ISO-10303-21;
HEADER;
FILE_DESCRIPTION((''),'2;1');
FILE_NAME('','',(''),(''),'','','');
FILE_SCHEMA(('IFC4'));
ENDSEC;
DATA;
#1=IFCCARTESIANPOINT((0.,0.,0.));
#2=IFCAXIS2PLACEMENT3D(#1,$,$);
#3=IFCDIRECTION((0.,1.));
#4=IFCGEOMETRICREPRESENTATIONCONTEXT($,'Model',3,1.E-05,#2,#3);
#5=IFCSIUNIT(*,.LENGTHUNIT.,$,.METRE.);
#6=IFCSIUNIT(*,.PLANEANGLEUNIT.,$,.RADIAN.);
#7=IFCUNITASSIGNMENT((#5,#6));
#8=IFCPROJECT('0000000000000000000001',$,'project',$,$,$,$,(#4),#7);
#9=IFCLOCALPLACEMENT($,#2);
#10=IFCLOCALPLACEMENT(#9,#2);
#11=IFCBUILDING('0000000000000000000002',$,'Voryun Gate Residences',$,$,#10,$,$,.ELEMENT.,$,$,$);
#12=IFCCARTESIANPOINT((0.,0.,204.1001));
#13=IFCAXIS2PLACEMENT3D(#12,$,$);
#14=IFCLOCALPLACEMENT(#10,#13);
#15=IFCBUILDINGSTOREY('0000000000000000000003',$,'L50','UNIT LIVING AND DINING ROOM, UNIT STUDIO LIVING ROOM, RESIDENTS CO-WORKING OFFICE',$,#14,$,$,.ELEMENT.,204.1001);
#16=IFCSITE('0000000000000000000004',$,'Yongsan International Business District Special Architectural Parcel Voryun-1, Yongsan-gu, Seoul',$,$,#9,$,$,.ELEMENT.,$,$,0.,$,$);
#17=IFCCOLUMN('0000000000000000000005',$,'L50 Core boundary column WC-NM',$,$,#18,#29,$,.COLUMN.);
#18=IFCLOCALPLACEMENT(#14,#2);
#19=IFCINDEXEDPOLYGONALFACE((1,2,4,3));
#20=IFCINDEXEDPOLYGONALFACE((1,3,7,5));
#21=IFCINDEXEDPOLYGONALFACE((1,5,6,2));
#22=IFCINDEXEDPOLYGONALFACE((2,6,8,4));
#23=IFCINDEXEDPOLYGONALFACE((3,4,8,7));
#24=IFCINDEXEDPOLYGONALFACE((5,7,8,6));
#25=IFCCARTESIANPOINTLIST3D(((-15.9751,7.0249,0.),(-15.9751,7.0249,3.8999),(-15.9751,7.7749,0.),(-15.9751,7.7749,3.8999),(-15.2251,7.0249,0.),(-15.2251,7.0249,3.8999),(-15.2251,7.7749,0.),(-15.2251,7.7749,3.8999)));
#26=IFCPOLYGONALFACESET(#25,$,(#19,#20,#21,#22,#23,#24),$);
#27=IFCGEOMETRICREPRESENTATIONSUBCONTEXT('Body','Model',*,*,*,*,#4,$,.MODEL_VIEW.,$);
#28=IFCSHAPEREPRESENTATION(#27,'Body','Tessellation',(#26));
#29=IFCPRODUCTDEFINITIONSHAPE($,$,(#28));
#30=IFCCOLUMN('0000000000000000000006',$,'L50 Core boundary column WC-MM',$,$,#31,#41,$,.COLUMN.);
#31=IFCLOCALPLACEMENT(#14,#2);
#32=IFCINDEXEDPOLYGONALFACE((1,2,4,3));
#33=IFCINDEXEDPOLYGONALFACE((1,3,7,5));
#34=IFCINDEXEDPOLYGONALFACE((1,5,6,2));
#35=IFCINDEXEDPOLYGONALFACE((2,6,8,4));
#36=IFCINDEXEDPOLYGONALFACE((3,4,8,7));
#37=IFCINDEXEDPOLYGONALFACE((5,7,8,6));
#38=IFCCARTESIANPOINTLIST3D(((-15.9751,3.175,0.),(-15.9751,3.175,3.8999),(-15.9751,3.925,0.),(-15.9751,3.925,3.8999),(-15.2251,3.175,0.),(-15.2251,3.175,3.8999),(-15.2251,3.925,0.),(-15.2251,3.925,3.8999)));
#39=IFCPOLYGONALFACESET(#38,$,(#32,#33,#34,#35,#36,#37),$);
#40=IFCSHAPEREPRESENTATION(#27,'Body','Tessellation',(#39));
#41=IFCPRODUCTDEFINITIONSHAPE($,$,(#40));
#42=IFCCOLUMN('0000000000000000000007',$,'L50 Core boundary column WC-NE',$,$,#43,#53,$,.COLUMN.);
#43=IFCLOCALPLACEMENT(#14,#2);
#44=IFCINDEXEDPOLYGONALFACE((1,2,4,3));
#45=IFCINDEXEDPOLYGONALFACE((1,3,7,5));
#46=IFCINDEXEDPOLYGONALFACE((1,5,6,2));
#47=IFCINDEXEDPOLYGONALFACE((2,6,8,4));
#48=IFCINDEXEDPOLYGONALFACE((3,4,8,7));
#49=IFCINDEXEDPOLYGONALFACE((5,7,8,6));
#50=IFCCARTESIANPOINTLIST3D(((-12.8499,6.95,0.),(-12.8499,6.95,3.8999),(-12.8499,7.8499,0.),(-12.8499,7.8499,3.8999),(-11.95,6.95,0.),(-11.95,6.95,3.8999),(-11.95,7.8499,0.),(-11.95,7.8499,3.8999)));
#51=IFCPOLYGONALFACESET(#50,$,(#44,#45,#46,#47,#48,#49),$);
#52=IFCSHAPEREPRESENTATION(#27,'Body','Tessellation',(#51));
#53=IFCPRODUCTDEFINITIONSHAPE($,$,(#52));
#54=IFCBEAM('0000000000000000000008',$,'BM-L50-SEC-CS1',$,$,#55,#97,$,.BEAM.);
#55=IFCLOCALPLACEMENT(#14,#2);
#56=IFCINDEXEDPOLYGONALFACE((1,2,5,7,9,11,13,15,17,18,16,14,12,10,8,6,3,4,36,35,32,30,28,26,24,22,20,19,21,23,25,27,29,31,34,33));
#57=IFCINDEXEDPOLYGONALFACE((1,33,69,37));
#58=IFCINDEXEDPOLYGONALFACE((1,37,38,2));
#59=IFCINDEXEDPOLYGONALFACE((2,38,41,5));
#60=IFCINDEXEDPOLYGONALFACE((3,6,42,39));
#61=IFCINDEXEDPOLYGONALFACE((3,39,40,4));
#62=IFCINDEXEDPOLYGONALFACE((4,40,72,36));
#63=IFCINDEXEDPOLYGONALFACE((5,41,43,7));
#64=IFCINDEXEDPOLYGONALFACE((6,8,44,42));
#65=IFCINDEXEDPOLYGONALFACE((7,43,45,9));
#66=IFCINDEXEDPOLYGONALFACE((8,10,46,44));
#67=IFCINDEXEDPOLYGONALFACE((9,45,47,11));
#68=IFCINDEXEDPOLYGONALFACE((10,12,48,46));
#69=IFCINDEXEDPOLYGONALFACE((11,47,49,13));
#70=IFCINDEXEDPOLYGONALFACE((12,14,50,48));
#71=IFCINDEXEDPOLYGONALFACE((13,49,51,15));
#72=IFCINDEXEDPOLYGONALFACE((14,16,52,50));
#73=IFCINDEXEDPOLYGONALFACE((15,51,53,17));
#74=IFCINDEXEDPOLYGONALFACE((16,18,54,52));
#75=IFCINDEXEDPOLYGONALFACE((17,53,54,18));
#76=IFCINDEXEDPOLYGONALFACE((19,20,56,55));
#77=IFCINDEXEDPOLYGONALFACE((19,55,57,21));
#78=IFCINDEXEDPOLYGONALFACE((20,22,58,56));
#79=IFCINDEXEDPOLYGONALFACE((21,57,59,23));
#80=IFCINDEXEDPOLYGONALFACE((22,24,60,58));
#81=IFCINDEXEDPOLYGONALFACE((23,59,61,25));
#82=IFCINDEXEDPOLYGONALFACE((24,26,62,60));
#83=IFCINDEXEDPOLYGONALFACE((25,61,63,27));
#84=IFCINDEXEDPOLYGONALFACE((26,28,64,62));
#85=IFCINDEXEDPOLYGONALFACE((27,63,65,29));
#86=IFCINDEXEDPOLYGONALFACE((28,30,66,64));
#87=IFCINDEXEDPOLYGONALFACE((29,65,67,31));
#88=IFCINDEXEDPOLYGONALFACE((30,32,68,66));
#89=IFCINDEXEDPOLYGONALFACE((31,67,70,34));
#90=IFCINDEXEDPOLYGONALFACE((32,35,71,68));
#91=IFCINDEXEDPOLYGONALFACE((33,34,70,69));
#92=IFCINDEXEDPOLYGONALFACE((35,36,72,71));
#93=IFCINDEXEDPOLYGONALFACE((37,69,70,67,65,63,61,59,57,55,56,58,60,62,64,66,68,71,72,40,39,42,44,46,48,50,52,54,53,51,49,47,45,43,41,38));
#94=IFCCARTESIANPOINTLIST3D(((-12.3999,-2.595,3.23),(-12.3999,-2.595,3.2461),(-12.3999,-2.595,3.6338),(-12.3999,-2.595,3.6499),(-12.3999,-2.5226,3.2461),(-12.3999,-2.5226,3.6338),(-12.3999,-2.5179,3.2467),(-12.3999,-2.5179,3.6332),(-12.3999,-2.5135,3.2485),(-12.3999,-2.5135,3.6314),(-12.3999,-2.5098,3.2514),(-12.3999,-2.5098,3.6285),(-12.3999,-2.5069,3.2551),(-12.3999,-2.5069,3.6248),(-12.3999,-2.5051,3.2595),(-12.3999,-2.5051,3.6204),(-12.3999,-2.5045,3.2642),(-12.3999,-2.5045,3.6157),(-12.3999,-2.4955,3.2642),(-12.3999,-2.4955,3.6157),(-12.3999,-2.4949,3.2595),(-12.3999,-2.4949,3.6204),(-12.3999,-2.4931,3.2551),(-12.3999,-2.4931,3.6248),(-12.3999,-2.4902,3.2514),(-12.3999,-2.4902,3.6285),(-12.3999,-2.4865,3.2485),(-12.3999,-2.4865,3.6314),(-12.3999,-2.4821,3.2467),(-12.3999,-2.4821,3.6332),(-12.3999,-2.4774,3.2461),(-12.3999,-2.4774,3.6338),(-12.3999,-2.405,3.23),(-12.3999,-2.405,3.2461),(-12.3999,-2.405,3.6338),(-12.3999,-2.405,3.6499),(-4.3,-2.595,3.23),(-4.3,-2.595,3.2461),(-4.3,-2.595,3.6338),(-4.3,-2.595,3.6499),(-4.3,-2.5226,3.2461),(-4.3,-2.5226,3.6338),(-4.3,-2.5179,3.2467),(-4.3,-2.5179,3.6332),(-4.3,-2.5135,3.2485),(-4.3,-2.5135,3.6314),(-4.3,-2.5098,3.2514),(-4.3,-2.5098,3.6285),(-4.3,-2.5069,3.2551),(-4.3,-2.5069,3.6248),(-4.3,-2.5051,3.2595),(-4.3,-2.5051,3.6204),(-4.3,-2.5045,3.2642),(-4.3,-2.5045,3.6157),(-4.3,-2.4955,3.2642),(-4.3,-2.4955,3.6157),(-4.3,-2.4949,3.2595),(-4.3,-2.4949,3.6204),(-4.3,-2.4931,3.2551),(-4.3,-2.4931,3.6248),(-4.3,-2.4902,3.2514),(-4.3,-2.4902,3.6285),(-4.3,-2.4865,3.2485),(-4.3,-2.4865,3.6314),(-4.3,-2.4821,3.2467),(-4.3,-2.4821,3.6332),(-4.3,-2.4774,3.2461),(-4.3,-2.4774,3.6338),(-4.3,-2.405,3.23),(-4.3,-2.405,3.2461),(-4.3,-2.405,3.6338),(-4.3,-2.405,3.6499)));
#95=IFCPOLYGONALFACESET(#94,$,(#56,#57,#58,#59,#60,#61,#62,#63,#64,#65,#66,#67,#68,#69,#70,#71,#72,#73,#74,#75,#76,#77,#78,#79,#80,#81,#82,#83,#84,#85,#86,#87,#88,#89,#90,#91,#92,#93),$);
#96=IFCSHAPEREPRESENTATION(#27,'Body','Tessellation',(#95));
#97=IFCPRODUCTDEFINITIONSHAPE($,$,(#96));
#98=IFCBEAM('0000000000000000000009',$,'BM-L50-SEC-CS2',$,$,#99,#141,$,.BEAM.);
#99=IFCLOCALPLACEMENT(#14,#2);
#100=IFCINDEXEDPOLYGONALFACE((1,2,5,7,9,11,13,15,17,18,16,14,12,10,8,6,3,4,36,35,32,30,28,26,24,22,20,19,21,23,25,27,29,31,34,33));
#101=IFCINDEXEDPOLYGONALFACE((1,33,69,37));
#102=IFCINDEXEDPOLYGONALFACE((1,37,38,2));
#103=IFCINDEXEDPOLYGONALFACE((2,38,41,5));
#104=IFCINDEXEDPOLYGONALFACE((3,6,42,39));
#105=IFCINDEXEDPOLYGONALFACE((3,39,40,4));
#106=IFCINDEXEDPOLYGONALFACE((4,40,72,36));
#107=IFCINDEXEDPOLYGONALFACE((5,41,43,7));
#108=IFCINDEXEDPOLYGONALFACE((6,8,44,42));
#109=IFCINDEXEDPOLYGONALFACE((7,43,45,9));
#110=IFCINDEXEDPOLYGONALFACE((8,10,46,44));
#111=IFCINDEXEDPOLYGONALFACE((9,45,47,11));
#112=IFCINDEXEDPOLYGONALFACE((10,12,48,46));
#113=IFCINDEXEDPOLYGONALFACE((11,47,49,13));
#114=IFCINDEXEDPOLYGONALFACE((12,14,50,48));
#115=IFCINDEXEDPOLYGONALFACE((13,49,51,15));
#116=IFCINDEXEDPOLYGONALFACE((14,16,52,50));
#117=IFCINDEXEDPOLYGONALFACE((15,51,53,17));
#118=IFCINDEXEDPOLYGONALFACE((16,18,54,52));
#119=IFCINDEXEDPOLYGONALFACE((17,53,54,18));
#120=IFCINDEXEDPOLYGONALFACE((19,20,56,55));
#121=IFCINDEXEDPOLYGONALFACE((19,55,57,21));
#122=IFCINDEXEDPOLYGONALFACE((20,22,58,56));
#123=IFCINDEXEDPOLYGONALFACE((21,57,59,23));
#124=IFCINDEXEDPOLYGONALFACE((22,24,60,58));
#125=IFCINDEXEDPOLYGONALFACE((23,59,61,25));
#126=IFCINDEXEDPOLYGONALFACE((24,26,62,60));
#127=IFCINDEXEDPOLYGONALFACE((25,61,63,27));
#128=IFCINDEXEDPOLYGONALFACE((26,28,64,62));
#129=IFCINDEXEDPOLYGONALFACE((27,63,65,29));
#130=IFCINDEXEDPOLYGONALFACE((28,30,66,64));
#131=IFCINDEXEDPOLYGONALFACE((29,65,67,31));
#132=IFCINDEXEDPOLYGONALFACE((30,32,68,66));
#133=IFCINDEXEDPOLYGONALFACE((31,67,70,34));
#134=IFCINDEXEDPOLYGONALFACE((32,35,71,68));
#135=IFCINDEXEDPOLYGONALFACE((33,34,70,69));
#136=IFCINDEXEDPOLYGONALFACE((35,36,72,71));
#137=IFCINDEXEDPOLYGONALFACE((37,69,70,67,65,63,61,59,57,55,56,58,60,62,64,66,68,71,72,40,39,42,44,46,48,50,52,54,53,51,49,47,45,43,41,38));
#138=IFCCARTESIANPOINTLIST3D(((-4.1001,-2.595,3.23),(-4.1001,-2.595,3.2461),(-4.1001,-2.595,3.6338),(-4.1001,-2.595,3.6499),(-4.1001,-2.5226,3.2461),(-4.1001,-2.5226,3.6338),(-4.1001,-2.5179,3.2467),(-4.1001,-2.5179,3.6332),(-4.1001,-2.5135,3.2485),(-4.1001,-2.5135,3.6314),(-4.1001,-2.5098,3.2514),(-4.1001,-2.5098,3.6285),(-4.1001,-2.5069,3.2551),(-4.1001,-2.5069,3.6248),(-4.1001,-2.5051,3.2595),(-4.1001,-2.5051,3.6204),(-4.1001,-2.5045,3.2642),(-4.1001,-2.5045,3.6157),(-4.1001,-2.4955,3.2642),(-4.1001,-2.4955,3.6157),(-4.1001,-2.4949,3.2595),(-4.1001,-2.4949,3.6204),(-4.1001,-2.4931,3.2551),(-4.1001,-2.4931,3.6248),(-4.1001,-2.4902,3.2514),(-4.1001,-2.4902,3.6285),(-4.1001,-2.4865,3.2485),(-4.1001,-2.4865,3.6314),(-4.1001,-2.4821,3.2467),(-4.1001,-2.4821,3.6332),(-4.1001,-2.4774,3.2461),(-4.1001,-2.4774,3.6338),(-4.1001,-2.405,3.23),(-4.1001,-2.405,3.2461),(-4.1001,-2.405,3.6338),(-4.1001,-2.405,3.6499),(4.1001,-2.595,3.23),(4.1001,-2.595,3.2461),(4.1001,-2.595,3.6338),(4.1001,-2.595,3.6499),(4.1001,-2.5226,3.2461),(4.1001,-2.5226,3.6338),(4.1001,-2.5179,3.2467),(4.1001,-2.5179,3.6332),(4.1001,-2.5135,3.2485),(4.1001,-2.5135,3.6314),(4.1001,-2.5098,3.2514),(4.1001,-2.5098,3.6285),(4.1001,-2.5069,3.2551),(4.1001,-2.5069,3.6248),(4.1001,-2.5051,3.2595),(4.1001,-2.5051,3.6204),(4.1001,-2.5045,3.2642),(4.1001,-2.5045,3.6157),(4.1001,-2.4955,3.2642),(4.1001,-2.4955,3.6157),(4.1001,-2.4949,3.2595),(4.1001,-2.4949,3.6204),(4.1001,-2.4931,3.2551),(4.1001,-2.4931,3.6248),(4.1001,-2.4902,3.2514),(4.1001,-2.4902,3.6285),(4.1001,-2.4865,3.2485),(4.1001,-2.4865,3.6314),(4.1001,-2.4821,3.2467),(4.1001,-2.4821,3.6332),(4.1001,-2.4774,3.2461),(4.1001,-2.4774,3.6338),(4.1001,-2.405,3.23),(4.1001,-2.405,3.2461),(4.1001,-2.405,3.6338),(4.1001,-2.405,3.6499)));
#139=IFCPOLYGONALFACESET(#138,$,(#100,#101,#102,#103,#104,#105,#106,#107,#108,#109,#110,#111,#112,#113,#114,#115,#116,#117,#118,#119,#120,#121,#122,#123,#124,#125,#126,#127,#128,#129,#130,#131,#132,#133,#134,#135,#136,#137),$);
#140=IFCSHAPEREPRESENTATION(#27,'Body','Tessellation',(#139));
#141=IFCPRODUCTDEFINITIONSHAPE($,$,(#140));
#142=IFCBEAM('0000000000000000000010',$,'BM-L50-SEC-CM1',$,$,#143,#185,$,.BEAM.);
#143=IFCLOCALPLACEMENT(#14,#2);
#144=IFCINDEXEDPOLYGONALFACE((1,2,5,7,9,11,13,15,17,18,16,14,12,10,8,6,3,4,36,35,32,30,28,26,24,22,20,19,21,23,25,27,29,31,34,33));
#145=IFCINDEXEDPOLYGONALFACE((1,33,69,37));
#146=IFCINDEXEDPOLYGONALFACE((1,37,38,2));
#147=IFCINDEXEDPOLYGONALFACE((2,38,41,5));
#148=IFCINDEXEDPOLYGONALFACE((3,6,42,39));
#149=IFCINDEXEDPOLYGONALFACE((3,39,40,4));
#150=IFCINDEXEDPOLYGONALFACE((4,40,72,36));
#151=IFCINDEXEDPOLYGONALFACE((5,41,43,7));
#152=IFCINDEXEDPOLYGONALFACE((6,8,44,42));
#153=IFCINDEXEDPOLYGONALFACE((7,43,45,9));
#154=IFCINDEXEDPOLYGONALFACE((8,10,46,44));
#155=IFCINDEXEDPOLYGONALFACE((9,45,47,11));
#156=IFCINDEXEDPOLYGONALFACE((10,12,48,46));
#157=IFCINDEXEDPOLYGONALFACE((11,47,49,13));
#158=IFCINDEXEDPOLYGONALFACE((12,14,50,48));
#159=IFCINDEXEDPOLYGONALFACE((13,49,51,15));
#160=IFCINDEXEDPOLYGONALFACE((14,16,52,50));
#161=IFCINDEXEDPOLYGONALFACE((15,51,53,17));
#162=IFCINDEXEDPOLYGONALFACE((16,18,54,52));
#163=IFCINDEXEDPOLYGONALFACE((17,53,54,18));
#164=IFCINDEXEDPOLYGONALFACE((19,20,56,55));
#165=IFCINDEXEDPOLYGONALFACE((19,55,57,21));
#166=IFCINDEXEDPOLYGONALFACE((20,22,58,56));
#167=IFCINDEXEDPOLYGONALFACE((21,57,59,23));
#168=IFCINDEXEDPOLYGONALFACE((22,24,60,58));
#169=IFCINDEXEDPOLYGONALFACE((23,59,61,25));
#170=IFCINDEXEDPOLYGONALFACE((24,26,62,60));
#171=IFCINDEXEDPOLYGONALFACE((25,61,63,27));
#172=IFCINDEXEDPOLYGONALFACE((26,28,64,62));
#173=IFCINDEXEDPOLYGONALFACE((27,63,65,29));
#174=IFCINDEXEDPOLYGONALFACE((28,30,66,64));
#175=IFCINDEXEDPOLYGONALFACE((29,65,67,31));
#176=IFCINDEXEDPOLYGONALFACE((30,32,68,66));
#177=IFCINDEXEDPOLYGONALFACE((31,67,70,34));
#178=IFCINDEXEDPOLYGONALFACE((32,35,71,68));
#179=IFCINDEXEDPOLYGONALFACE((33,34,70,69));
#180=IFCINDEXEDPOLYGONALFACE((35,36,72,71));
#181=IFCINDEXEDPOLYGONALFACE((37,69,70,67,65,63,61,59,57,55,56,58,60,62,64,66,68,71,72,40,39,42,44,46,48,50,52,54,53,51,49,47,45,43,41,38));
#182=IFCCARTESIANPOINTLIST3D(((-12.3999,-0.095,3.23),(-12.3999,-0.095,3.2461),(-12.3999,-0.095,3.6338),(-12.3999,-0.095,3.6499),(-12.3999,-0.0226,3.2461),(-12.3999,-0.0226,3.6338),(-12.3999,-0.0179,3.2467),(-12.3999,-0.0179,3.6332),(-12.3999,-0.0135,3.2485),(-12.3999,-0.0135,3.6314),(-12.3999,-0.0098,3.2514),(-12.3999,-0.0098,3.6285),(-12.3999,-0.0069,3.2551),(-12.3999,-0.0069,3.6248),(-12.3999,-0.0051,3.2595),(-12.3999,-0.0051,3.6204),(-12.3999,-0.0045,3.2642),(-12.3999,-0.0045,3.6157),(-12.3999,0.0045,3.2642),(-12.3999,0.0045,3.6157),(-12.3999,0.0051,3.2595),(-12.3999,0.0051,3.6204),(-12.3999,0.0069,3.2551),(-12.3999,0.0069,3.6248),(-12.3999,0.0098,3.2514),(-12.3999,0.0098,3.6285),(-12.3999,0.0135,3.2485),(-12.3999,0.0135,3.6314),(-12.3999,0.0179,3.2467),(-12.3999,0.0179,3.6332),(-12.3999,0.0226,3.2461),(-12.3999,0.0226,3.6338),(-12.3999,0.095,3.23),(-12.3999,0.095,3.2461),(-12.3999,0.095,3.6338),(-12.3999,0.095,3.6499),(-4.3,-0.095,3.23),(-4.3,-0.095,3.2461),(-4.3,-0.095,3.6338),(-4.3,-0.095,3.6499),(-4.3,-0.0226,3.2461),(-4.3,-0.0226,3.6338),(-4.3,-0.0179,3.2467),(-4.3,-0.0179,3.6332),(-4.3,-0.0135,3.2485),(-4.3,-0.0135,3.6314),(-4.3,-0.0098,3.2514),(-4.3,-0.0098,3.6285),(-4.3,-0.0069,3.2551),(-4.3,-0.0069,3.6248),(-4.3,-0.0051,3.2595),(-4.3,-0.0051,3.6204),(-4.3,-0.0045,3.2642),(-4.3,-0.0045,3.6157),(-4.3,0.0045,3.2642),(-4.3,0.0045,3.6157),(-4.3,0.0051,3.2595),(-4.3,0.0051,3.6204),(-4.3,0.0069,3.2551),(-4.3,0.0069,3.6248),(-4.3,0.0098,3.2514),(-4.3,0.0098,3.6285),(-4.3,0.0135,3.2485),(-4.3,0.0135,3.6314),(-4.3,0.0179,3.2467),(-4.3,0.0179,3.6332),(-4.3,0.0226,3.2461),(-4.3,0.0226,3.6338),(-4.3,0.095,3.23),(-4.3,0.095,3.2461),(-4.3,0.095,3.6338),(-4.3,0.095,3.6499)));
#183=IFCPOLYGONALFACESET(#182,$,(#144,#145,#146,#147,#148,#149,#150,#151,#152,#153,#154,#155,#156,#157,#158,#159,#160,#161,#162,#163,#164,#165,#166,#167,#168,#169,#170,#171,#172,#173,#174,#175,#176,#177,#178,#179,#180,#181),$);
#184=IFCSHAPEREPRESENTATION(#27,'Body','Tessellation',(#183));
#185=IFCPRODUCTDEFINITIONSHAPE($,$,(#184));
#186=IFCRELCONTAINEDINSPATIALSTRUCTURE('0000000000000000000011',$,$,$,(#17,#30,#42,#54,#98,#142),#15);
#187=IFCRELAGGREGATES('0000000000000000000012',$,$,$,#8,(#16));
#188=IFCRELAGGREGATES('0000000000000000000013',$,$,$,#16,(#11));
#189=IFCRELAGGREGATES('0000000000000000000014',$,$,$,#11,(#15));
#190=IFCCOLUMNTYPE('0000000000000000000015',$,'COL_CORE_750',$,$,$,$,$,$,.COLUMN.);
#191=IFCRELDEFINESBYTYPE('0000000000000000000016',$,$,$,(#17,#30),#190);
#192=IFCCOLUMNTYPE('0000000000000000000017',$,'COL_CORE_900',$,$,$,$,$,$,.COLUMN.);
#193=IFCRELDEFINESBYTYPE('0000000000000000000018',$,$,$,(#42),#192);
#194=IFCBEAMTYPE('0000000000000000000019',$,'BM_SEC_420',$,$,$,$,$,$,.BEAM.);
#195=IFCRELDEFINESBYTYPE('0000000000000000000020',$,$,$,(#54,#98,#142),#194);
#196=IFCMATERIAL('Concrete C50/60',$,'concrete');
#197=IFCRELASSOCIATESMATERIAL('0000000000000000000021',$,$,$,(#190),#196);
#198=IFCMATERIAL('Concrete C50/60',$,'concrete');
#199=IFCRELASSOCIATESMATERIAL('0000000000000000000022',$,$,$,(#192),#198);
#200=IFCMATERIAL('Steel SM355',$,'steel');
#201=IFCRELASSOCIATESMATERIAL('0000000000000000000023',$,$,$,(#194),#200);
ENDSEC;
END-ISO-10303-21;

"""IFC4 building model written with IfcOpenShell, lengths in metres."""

from ifc_helpers import new_model, si_unit, direction, frame, origin, origin_2d, place, context, subcontext, project, spatial, rectangle, i_section, extrude, material, material_profile, profile_set, type_object, element, save


model = new_model("IFC4")

# Units and contexts
model_context = context("Model", 3, precision=1e-05, world=origin(), true_north=direction((0.0, 1.0)))
body_context = subcontext(model_context, "Body", "Model", "MODEL_VIEW")
ifc_project = project(units=[si_unit("LENGTHUNIT", "METRE"), si_unit("PLANEANGLEUNIT", "RADIAN")], contexts=[model_context])

# Site, building, storey
site_placement = place(None, origin())
site = spatial("IfcSite", under=ifc_project, at=site_placement, Name="Yongsan International Business District Special Architectural Parcel Voryun-1, Yongsan-gu, Seoul", CompositionType="ELEMENT", RefElevation=0.0)
building_placement = place(site_placement, origin())
building = spatial("IfcBuilding", under=site, at=building_placement, Name="Voryun Gate Residences", CompositionType="ELEMENT")
storey_placement = place(building_placement, frame((0.0, 0.0, 204.1001)))
storey = spatial("IfcBuildingStorey", under=building, at=storey_placement, Name="L50", Description="UNIT LIVING AND DINING ROOM, UNIT STUDIO LIVING ROOM, RESIDENTS CO-WORKING OFFICE", CompositionType="ELEMENT", Elevation=204.1001)

# Columns
ifc_material_1 = material(Name="Concrete C50/60", Category="concrete")
ifc_material_profile_1 = material_profile(ifc_material_1, rectangle(XDim=0.75, YDim=0.75, at=origin_2d()), Name="RC-750x750")
ifc_profile_set_1 = profile_set([ifc_material_profile_1], Name="Concrete C50/60")
column_type_1 = type_object("IfcColumnType", Name="COL_CORE_750", PredefinedType="COLUMN", material=ifc_profile_set_1)
for number, where, z_axis, x_axis, name in (
    (1, (-15.6001, 7.3999, 0.0), (0.0, 0.0, 1.0), (1.0, 0.0, 0.0), "L50 Core boundary column WC-NM"),
    (2, (-15.6001, 3.55, 0.0), (0.0, 0.0, 1.0), (1.0, 0.0, 0.0), "L50 Core boundary column WC-MM"),
):
    element("IfcColumn", number, at=place(storey_placement, frame(where, z_axis=z_axis, x_axis=x_axis)), inside=storey, type_object=column_type_1, Name=name, PredefinedType="COLUMN", context=body_context, shape_type="SweptSolid", body=[
        extrude(rectangle(XDim=0.75, YDim=0.75, at=origin_2d()), origin(), (0.0, 0.0, 1.0), 3.8999),
    ])
ifc_material_2 = material(Name="Concrete C50/60", Category="concrete")
ifc_material_profile_2 = material_profile(ifc_material_2, rectangle(XDim=0.8999, YDim=0.8999, at=origin_2d()), Name="RC-900x900")
ifc_profile_set_2 = profile_set([ifc_material_profile_2], Name="Concrete C50/60")
column_type_2 = type_object("IfcColumnType", Name="COL_CORE_900", PredefinedType="COLUMN", material=ifc_profile_set_2)
column_placement = place(storey_placement, frame((-12.3999, 7.3999, 0.0), z_axis=(0.0, 0.0, 1.0), x_axis=(1.0, 0.0, 0.0)))
element("IfcColumn", 3, at=column_placement, inside=storey, type_object=column_type_2, Name="L50 Core boundary column WC-NE", PredefinedType="COLUMN", context=body_context, shape_type="SweptSolid", body=[
    extrude(rectangle(XDim=0.8999, YDim=0.8999, at=origin_2d()), origin(), (0.0, 0.0, 1.0), 3.8999),
])

# Beams
ifc_material_3 = material(Name="Steel SM355", Category="steel")
ifc_material_profile_3 = material_profile(ifc_material_3, i_section(OverallWidth=0.1899, OverallDepth=0.4199, WebThickness=0.009, FlangeThickness=0.0161, FilletRadius=0.0181, at=origin_2d()), Name="H-420x190x9x16")
ifc_profile_set_3 = profile_set([ifc_material_profile_3], Name="Steel SM355")
beam_type = type_object("IfcBeamType", Name="BM_SEC_420", PredefinedType="BEAM", material=ifc_profile_set_3)
beam_1_placement = place(storey_placement, frame((-12.3999, -2.5, 3.4399), z_axis=(1.0, 0.0, 0.0), x_axis=(0.0, 1.0, 0.0)))
element("IfcBeam", 4, at=beam_1_placement, inside=storey, type_object=beam_type, Name="BM-L50-SEC-CS1", PredefinedType="BEAM", context=body_context, shape_type="SweptSolid", body=[
    extrude(i_section(OverallWidth=0.1899, OverallDepth=0.4199, WebThickness=0.009, FlangeThickness=0.0161, FilletRadius=0.0181, at=origin_2d()), origin(), (0.0, 0.0, 1.0), 8.0999),
])
beam_2_placement = place(storey_placement, frame((-4.1001, -2.5, 3.4399), z_axis=(1.0, 0.0, 0.0), x_axis=(0.0, 1.0, 0.0)))
element("IfcBeam", 5, at=beam_2_placement, inside=storey, type_object=beam_type, Name="BM-L50-SEC-CS2", PredefinedType="BEAM", context=body_context, shape_type="SweptSolid", body=[
    extrude(i_section(OverallWidth=0.1899, OverallDepth=0.4199, WebThickness=0.009, FlangeThickness=0.0161, FilletRadius=0.0181, at=origin_2d()), origin(), (0.0, 0.0, 1.0), 8.2002),
])
beam_3_placement = place(storey_placement, frame((-12.3999, 0.0, 3.4399), z_axis=(1.0, 0.0, 0.0), x_axis=(0.0, 1.0, 0.0)))
element("IfcBeam", 6, at=beam_3_placement, inside=storey, type_object=beam_type, Name="BM-L50-SEC-CM1", PredefinedType="BEAM", context=body_context, shape_type="SweptSolid", body=[
    extrude(i_section(OverallWidth=0.1899, OverallDepth=0.4199, WebThickness=0.009, FlangeThickness=0.0161, FilletRadius=0.0181, at=origin_2d()), origin(), (0.0, 0.0, 1.0), 8.0999),
])

save(model, "model.ifc")
